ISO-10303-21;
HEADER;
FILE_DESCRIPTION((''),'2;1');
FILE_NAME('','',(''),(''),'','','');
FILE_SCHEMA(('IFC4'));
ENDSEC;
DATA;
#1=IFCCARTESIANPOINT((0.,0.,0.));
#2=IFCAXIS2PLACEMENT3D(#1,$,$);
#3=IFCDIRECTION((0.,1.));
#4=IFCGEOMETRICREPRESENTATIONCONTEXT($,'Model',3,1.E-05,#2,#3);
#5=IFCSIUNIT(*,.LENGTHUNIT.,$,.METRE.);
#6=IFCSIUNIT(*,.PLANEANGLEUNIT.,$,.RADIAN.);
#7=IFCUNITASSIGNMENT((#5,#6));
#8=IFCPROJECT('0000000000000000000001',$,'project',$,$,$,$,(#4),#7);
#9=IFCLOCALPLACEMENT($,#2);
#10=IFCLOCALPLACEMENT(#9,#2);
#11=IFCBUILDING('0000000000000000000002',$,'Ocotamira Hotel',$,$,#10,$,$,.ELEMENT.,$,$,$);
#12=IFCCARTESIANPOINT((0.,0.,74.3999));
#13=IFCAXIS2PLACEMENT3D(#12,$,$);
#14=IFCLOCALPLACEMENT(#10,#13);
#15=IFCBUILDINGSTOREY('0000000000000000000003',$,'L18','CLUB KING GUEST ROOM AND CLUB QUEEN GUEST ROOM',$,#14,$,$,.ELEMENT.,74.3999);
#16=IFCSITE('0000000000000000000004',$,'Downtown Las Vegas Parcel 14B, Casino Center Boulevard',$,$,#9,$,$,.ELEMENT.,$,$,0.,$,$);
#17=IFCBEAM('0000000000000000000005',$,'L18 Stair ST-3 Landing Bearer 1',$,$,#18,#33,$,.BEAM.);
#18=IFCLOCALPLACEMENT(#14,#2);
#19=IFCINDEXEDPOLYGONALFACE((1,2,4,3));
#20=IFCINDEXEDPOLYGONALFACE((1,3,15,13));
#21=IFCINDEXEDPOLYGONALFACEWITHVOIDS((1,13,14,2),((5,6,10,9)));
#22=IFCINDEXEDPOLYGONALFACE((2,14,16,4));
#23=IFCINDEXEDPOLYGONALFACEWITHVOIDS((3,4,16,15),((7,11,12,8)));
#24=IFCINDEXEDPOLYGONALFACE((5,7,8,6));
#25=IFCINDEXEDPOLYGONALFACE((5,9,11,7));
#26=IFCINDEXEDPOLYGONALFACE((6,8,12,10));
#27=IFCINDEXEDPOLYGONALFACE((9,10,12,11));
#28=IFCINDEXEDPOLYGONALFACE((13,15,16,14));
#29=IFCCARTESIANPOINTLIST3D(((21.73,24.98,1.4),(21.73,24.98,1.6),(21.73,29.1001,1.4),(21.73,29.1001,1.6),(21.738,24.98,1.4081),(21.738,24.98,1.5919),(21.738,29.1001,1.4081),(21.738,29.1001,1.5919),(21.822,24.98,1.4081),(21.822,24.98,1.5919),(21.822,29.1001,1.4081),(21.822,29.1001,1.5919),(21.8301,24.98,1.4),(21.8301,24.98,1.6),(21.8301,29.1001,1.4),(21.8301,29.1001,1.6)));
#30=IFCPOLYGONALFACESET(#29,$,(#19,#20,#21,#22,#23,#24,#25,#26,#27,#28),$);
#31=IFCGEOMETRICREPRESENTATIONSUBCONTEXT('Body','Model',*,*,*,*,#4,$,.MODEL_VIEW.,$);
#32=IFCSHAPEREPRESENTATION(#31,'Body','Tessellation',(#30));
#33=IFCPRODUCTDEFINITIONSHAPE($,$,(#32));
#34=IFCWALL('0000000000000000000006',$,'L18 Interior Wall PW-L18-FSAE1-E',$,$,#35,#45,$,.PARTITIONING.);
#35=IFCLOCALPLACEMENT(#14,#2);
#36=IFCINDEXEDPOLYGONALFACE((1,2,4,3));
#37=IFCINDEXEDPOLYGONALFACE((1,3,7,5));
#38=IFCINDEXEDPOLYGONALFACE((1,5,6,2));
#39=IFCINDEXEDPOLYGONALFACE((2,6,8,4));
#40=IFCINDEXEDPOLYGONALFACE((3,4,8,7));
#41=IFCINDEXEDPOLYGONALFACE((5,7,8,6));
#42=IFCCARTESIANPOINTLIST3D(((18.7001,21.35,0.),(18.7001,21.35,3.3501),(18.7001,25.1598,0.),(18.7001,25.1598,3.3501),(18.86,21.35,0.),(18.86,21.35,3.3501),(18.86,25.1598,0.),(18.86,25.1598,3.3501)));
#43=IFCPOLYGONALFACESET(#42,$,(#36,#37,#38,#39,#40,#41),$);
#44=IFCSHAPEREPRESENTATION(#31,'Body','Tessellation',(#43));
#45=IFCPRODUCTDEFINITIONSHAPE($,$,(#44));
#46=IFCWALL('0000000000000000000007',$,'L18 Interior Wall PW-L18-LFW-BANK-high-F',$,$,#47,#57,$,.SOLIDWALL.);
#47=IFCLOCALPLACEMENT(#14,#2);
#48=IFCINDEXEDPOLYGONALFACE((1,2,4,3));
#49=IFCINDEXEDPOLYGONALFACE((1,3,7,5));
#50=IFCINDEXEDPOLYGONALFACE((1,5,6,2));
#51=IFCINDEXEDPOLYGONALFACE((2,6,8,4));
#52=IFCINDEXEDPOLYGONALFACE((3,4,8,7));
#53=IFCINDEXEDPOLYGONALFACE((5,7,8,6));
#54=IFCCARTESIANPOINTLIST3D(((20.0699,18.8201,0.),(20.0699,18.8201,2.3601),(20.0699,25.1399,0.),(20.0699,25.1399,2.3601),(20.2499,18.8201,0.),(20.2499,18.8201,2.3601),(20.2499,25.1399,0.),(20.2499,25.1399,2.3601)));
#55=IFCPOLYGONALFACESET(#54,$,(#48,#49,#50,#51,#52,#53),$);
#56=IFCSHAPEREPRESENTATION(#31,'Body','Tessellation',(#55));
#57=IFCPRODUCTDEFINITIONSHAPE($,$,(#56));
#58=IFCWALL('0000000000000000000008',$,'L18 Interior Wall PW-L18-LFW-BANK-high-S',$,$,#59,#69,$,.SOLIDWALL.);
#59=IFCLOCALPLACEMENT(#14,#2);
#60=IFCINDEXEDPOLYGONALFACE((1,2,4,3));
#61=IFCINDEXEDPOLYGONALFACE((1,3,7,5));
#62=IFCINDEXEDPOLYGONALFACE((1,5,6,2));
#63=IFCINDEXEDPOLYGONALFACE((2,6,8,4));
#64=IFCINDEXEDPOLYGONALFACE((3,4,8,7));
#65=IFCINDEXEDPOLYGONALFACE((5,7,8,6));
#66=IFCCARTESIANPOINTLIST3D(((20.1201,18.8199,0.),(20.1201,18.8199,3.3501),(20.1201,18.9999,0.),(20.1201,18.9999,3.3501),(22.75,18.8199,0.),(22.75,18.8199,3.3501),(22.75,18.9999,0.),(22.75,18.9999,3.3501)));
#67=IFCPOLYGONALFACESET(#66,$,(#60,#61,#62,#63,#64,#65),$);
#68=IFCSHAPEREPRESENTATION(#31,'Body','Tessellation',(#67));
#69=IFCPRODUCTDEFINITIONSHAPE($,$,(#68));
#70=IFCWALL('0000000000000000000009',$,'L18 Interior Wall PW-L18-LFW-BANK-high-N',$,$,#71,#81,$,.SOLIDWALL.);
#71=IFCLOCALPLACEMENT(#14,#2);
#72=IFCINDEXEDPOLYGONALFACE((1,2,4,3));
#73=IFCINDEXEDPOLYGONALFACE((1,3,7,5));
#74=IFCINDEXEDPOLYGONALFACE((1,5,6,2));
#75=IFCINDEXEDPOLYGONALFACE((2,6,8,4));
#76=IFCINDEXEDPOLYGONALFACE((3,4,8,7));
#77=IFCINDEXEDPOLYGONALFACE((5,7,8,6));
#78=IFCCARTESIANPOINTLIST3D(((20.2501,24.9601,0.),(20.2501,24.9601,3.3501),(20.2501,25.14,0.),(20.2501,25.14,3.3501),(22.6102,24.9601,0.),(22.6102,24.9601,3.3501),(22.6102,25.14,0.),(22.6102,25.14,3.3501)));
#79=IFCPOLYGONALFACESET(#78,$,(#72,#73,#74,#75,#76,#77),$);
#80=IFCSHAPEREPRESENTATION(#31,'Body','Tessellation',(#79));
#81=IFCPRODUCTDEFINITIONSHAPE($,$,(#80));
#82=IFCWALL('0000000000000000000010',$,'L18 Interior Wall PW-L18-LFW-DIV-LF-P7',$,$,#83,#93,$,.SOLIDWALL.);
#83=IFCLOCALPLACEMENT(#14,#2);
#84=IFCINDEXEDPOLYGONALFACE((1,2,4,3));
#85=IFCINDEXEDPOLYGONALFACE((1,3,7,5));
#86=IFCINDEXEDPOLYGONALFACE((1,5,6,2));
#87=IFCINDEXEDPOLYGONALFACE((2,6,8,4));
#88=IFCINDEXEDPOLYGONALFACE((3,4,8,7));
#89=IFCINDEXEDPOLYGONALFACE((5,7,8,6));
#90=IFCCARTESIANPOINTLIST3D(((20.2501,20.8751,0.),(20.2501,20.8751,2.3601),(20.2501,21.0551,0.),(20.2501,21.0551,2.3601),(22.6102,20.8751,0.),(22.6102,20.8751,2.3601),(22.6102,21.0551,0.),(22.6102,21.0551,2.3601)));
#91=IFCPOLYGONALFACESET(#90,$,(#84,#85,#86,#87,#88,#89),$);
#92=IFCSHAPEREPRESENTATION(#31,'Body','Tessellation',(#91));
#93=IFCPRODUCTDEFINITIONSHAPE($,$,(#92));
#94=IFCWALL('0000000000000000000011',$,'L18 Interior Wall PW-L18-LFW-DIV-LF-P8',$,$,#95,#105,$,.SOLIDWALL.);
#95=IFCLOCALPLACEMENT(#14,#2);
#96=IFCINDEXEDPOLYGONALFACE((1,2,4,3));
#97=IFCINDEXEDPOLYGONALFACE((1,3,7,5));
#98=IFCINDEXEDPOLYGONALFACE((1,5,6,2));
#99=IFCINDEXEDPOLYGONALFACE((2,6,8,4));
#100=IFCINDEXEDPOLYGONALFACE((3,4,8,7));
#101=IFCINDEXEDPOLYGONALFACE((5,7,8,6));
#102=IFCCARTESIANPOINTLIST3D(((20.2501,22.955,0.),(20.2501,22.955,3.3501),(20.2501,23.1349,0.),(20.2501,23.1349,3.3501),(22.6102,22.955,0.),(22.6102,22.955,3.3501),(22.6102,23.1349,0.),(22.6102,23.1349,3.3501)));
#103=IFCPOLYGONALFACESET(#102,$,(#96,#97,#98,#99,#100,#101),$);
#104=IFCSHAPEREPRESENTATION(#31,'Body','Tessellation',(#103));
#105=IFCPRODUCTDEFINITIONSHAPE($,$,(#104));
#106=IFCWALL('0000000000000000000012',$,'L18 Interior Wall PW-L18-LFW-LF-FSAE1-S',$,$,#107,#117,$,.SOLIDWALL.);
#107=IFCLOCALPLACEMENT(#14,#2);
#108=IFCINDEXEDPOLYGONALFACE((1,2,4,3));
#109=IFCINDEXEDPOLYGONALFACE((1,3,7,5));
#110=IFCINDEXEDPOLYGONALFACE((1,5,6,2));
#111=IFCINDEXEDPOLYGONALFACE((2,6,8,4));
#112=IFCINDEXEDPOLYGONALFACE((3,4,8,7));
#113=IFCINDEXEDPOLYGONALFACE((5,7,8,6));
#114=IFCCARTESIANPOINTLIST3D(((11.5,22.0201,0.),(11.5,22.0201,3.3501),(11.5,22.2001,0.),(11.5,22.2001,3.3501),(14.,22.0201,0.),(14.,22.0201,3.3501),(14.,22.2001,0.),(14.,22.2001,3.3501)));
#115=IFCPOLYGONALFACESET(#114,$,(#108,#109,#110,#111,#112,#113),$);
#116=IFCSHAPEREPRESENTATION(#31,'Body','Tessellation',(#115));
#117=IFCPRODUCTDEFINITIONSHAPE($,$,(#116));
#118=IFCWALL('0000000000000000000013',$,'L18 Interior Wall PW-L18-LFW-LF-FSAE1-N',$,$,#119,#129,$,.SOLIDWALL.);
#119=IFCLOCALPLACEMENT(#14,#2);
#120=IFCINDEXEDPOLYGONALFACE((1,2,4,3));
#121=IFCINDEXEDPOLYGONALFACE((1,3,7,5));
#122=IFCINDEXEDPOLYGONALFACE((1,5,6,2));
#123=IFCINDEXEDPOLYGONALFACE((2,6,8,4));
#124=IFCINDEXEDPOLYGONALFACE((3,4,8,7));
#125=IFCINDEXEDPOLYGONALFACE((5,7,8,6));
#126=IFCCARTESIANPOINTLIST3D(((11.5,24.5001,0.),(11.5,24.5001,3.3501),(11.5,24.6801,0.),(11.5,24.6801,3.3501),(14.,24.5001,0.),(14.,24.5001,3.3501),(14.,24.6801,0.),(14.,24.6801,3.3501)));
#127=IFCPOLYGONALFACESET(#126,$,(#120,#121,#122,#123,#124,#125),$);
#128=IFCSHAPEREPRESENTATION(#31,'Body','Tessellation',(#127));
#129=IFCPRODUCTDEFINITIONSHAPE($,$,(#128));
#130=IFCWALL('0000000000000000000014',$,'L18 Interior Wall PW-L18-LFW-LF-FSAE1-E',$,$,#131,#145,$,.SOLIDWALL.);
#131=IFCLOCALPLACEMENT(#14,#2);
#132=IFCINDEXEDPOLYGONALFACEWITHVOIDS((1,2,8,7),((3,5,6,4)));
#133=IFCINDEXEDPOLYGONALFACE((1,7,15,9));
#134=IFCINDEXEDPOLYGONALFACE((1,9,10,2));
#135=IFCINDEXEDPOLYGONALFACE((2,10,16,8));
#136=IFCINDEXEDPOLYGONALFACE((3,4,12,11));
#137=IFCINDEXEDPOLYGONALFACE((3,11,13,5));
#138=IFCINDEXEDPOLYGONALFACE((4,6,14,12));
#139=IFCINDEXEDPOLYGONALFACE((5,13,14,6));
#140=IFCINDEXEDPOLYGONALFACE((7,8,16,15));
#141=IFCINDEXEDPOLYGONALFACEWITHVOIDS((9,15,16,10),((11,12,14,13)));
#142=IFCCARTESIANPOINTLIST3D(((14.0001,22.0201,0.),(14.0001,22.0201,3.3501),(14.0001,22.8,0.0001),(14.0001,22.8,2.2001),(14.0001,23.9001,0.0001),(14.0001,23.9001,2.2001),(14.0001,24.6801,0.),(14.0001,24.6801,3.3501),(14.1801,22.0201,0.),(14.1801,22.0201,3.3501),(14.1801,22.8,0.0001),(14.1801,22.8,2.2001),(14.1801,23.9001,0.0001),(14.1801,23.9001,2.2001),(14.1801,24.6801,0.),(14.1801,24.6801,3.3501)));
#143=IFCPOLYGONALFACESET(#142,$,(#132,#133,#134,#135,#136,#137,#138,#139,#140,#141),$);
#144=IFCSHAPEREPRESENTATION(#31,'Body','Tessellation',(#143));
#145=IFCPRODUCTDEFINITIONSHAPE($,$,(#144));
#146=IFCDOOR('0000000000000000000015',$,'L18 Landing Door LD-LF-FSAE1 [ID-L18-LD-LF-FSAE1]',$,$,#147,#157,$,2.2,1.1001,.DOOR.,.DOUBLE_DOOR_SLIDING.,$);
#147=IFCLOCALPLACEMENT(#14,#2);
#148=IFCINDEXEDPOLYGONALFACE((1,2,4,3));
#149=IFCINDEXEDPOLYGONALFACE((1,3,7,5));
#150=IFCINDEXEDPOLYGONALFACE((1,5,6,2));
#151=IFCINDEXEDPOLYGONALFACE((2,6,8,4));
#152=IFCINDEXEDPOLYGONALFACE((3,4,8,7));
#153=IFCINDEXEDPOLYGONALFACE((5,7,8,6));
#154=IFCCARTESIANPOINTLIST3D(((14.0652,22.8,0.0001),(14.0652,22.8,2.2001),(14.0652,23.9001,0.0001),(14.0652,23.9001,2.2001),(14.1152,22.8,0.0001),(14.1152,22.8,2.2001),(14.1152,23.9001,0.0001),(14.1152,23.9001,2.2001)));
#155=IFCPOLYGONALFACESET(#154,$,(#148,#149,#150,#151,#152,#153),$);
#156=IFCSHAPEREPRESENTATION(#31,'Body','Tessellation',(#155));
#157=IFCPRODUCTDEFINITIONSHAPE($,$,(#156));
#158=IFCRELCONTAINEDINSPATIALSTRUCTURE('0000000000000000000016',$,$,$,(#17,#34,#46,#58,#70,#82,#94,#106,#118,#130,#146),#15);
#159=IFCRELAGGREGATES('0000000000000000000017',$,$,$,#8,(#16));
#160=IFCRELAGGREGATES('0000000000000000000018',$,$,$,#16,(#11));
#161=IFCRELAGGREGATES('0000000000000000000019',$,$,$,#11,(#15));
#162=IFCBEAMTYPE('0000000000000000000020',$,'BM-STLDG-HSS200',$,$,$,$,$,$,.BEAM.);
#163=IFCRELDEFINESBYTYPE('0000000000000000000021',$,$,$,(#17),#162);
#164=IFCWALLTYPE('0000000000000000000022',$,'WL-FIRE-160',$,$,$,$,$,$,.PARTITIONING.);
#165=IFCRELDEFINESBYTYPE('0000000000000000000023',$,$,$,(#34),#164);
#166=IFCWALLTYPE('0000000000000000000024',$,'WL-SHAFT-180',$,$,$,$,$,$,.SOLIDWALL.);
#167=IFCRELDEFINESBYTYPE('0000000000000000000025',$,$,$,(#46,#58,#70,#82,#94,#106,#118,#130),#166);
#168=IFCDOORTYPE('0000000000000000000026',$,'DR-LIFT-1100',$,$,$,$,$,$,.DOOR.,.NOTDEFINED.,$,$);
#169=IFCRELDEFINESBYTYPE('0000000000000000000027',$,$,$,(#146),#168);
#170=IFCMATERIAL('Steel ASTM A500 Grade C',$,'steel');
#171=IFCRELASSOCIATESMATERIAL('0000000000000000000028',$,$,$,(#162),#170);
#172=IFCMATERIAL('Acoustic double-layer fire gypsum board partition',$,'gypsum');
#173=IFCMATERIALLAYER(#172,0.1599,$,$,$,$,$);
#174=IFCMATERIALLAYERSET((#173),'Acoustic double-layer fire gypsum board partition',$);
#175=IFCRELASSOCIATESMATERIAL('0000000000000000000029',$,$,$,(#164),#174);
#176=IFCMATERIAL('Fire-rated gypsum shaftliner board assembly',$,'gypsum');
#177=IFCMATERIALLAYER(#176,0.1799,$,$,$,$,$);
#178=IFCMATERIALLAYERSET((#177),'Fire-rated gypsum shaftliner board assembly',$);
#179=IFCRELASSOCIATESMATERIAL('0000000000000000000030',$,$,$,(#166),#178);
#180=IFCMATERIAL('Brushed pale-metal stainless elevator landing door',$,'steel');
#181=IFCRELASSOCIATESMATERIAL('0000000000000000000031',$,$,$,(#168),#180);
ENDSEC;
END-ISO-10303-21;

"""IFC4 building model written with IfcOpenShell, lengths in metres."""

from ifc_helpers import new_model, si_unit, direction, frame, frame_2d, origin, origin_2d, place, context, subcontext, project, spatial, rectangle, hollow_rectangle, extrude, source, transform, mapped, material, layer, layer_set, material_profile, profile_set, type_object, element, fill, save


model = new_model("IFC4")

# Units and contexts
model_context = context("Model", 3, precision=1e-05, world=origin(), true_north=direction((0.0, 1.0)))
body_context = subcontext(model_context, "Body", "Model", "MODEL_VIEW")
ifc_project = project(units=[si_unit("LENGTHUNIT", "METRE"), si_unit("PLANEANGLEUNIT", "RADIAN")], contexts=[model_context])

# Site, building, storey
site_placement = place(None, origin())
site = spatial("IfcSite", under=ifc_project, at=site_placement, Name="Downtown Las Vegas Parcel 14B, Casino Center Boulevard", CompositionType="ELEMENT", RefElevation=0.0)
building_placement = place(site_placement, origin())
building = spatial("IfcBuilding", under=site, at=building_placement, Name="Ocotamira Hotel", CompositionType="ELEMENT")
storey_placement = place(building_placement, frame((0.0, 0.0, 74.3999)))
storey = spatial("IfcBuildingStorey", under=building, at=storey_placement, Name="L18", Description="CLUB KING GUEST ROOM AND CLUB QUEEN GUEST ROOM", CompositionType="ELEMENT", Elevation=74.3999)

# Beam
ifc_material_1 = material(Name="Steel ASTM A500 Grade C", Category="steel")
ifc_material_profile = material_profile(ifc_material_1, hollow_rectangle(XDim=0.1001, YDim=0.2, WallThickness=0.0081, at=origin_2d()), Name="HSS200X100X8")
ifc_profile_set = profile_set([ifc_material_profile], Name="Steel ASTM A500 Grade C")
beam_type = type_object("IfcBeamType", Name="BM-STLDG-HSS200", PredefinedType="BEAM", material=ifc_profile_set)
shared_shape_1 = source(origin(), body_context, "Body", "SweptSolid", [
    extrude(hollow_rectangle(XDim=0.1001, YDim=0.2, WallThickness=0.0081, at=origin_2d()), origin(), (0.0, 0.0, 1.0), 4.1201),
])
beam_placement = place(storey_placement, frame((21.78, 24.98, 1.5), z_axis=(0.0, 1.0, 0.0), x_axis=(-1.0, 0.0, 0.0)))
element("IfcBeam", 1, at=beam_placement, inside=storey, type_object=beam_type, Name="L18 Stair ST-3 Landing Bearer 1", PredefinedType="BEAM", context=body_context, shape_type="MappedRepresentation", body=[
    mapped(shared_shape_1, transform((0.0, 0.0, 0.0), scale=1.0)),
])

# Shared definitions
ifc_material_2 = material(Name="Acoustic double-layer fire gypsum board partition", Category="gypsum")
ifc_layer_1 = layer(ifc_material_2, 0.1599)
ifc_layer_set_1 = layer_set([ifc_layer_1], Name="Acoustic double-layer fire gypsum board partition")
wall_type_1 = type_object("IfcWallType", Name="WL-FIRE-160", PredefinedType="PARTITIONING", material=ifc_layer_set_1)

# Walls
wall_1_placement = place(storey_placement, frame((18.78, 21.3501, 0.0), z_axis=(0.0, 0.0, 1.0), x_axis=(0.0, 1.0, 0.0)))
element("IfcWall", 2, at=wall_1_placement, inside=storey, type_object=wall_type_1, Name="L18 Interior Wall PW-L18-FSAE1-E", PredefinedType="PARTITIONING", context=body_context, shape_type="SweptSolid", body=[
    extrude(rectangle(XDim=3.8098, YDim=0.1599, at=frame_2d((1.9048, 0.0))), origin(), (0.0, 0.0, 1.0), 3.3501),
])
ifc_material_3 = material(Name="Fire-rated gypsum shaftliner board assembly", Category="gypsum")
ifc_layer_2 = layer(ifc_material_3, 0.1799)
ifc_layer_set_2 = layer_set([ifc_layer_2], Name="Fire-rated gypsum shaftliner board assembly")
wall_type_2 = type_object("IfcWallType", Name="WL-SHAFT-180", PredefinedType="SOLIDWALL", material=ifc_layer_set_2)
wall_2_placement = place(storey_placement, frame((20.1599, 18.8201, 0.0), z_axis=(0.0, 0.0, 1.0), x_axis=(0.0, 1.0, 0.0)))
element("IfcWall", 3, at=wall_2_placement, inside=storey, type_object=wall_type_2, Name="L18 Interior Wall PW-L18-LFW-BANK-high-F", PredefinedType="SOLIDWALL", context=body_context, shape_type="SweptSolid", body=[
    extrude(rectangle(XDim=6.3198, YDim=0.1799, at=frame_2d((3.1599, 0.0))), origin(), (0.0, 0.0, 1.0), 2.3601),
])
wall_3_placement = place(storey_placement, frame((20.1201, 18.9099, 0.0), z_axis=(0.0, 0.0, 1.0), x_axis=(1.0, 0.0, 0.0)))
element("IfcWall", 4, at=wall_3_placement, inside=storey, type_object=wall_type_2, Name="L18 Interior Wall PW-L18-LFW-BANK-high-S", PredefinedType="SOLIDWALL", context=body_context, shape_type="SweptSolid", body=[
    extrude(rectangle(XDim=2.6299, YDim=0.1799, at=frame_2d((1.3149, 0.0))), origin(), (0.0, 0.0, 1.0), 3.3501),
])
wall_4_placement = place(storey_placement, frame((20.25, 25.05, 0.0), z_axis=(0.0, 0.0, 1.0), x_axis=(1.0, 0.0, 0.0)))
element("IfcWall", 5, at=wall_4_placement, inside=storey, type_object=wall_type_2, Name="L18 Interior Wall PW-L18-LFW-BANK-high-N", PredefinedType="SOLIDWALL", context=body_context, shape_type="SweptSolid", body=[
    extrude(rectangle(XDim=2.3601, YDim=0.1799, at=frame_2d((1.1802, 0.0))), origin(), (0.0, 0.0, 1.0), 3.3501),
])
wall_5_placement = place(storey_placement, frame((20.25, 20.9651, 0.0), z_axis=(0.0, 0.0, 1.0), x_axis=(1.0, 0.0, 0.0)))
element("IfcWall", 6, at=wall_5_placement, inside=storey, type_object=wall_type_2, Name="L18 Interior Wall PW-L18-LFW-DIV-LF-P7", PredefinedType="SOLIDWALL", context=body_context, shape_type="SweptSolid", body=[
    extrude(rectangle(XDim=2.3601, YDim=0.1799, at=frame_2d((1.1802, 0.0))), origin(), (0.0, 0.0, 1.0), 2.3601),
])
wall_6_placement = place(storey_placement, frame((20.25, 23.0449, 0.0), z_axis=(0.0, 0.0, 1.0), x_axis=(1.0, 0.0, 0.0)))
element("IfcWall", 7, at=wall_6_placement, inside=storey, type_object=wall_type_2, Name="L18 Interior Wall PW-L18-LFW-DIV-LF-P8", PredefinedType="SOLIDWALL", context=body_context, shape_type="SweptSolid", body=[
    extrude(rectangle(XDim=2.3601, YDim=0.1799, at=frame_2d((1.1802, 0.0))), origin(), (0.0, 0.0, 1.0), 3.3501),
])
for number, where, z_axis, x_axis, name in (
    (8, (11.5, 22.1101, 0.0), (0.0, 0.0, 1.0), (1.0, 0.0, 0.0), "L18 Interior Wall PW-L18-LFW-LF-FSAE1-S"),
    (9, (11.5, 24.5901, 0.0), (0.0, 0.0, 1.0), (1.0, 0.0, 0.0), "L18 Interior Wall PW-L18-LFW-LF-FSAE1-N"),
):
    element("IfcWall", number, at=place(storey_placement, frame(where, z_axis=z_axis, x_axis=x_axis)), inside=storey, type_object=wall_type_2, Name=name, PredefinedType="SOLIDWALL", context=body_context, shape_type="SweptSolid", body=[
        extrude(rectangle(XDim=2.5, YDim=0.1799, at=frame_2d((1.25, 0.0))), origin(), (0.0, 0.0, 1.0), 3.3501),
    ])

# Wall, opening, door
wall_7_placement = place(storey_placement, frame((14.0901, 22.02, 0.0), z_axis=(0.0, 0.0, 1.0), x_axis=(0.0, 1.0, 0.0)))
wall_7 = element("IfcWall", 10, at=wall_7_placement, inside=storey, type_object=wall_type_2, Name="L18 Interior Wall PW-L18-LFW-LF-FSAE1-E", PredefinedType="SOLIDWALL", context=body_context, shape_type="SweptSolid", body=[
    extrude(rectangle(XDim=2.6599, YDim=0.1799, at=frame_2d((1.3301, 0.0))), origin(), (0.0, 0.0, 1.0), 3.3501),
])
opening_1_placement = place(wall_7_placement, frame((0.78, 0.0, 0.0)))
opening_1 = element("IfcOpeningElement", 11, at=opening_1_placement, cuts=wall_7, PredefinedType="OPENING", context=body_context, shape_type="SweptSolid", body=[
    extrude(rectangle(XDim=1.1001, YDim=2.2, at=frame_2d((0.55, 1.1001))), frame((0.0, 0.1001, 0.0), z_axis=(0.0, -1.0, 0.0), x_axis=(1.0, 0.0, 0.0)), (0.0, 0.0, 1.0), 0.2),
])
ifc_material_4 = material(Name="Brushed pale-metal stainless elevator landing door", Category="steel")
door_type_1 = type_object("IfcDoorType", Name="DR-LIFT-1100", OperationType="NOTDEFINED", PredefinedType="DOOR", material=ifc_material_4)
shared_shape_2 = source(origin(), body_context, "Body", "SweptSolid", [
    extrude(rectangle(XDim=1.1001, YDim=2.2, at=frame_2d((0.55, 1.1001))), frame((0.0, 0.0249, 0.0), z_axis=(0.0, -1.0, 0.0), x_axis=(1.0, 0.0, 0.0)), (0.0, 0.0, 1.0), 0.05),
])
door_1_placement = place(opening_1_placement, origin())
door_1 = element("IfcDoor", 12, at=door_1_placement, inside=storey, type_object=door_type_1, Name="L18 Landing Door LD-LF-FSAE1 [ID-L18-LD-LF-FSAE1]", OperationType="DOUBLE_DOOR_SLIDING", OverallHeight=2.2, OverallWidth=1.1001, PredefinedType="DOOR", context=body_context, shape_type="MappedRepresentation", body=[
    mapped(shared_shape_2, transform((0.0, 0.0, 0.0), scale=1.0)),
])
fill(opening_1, door_1)

save(model, "model.ifc")
